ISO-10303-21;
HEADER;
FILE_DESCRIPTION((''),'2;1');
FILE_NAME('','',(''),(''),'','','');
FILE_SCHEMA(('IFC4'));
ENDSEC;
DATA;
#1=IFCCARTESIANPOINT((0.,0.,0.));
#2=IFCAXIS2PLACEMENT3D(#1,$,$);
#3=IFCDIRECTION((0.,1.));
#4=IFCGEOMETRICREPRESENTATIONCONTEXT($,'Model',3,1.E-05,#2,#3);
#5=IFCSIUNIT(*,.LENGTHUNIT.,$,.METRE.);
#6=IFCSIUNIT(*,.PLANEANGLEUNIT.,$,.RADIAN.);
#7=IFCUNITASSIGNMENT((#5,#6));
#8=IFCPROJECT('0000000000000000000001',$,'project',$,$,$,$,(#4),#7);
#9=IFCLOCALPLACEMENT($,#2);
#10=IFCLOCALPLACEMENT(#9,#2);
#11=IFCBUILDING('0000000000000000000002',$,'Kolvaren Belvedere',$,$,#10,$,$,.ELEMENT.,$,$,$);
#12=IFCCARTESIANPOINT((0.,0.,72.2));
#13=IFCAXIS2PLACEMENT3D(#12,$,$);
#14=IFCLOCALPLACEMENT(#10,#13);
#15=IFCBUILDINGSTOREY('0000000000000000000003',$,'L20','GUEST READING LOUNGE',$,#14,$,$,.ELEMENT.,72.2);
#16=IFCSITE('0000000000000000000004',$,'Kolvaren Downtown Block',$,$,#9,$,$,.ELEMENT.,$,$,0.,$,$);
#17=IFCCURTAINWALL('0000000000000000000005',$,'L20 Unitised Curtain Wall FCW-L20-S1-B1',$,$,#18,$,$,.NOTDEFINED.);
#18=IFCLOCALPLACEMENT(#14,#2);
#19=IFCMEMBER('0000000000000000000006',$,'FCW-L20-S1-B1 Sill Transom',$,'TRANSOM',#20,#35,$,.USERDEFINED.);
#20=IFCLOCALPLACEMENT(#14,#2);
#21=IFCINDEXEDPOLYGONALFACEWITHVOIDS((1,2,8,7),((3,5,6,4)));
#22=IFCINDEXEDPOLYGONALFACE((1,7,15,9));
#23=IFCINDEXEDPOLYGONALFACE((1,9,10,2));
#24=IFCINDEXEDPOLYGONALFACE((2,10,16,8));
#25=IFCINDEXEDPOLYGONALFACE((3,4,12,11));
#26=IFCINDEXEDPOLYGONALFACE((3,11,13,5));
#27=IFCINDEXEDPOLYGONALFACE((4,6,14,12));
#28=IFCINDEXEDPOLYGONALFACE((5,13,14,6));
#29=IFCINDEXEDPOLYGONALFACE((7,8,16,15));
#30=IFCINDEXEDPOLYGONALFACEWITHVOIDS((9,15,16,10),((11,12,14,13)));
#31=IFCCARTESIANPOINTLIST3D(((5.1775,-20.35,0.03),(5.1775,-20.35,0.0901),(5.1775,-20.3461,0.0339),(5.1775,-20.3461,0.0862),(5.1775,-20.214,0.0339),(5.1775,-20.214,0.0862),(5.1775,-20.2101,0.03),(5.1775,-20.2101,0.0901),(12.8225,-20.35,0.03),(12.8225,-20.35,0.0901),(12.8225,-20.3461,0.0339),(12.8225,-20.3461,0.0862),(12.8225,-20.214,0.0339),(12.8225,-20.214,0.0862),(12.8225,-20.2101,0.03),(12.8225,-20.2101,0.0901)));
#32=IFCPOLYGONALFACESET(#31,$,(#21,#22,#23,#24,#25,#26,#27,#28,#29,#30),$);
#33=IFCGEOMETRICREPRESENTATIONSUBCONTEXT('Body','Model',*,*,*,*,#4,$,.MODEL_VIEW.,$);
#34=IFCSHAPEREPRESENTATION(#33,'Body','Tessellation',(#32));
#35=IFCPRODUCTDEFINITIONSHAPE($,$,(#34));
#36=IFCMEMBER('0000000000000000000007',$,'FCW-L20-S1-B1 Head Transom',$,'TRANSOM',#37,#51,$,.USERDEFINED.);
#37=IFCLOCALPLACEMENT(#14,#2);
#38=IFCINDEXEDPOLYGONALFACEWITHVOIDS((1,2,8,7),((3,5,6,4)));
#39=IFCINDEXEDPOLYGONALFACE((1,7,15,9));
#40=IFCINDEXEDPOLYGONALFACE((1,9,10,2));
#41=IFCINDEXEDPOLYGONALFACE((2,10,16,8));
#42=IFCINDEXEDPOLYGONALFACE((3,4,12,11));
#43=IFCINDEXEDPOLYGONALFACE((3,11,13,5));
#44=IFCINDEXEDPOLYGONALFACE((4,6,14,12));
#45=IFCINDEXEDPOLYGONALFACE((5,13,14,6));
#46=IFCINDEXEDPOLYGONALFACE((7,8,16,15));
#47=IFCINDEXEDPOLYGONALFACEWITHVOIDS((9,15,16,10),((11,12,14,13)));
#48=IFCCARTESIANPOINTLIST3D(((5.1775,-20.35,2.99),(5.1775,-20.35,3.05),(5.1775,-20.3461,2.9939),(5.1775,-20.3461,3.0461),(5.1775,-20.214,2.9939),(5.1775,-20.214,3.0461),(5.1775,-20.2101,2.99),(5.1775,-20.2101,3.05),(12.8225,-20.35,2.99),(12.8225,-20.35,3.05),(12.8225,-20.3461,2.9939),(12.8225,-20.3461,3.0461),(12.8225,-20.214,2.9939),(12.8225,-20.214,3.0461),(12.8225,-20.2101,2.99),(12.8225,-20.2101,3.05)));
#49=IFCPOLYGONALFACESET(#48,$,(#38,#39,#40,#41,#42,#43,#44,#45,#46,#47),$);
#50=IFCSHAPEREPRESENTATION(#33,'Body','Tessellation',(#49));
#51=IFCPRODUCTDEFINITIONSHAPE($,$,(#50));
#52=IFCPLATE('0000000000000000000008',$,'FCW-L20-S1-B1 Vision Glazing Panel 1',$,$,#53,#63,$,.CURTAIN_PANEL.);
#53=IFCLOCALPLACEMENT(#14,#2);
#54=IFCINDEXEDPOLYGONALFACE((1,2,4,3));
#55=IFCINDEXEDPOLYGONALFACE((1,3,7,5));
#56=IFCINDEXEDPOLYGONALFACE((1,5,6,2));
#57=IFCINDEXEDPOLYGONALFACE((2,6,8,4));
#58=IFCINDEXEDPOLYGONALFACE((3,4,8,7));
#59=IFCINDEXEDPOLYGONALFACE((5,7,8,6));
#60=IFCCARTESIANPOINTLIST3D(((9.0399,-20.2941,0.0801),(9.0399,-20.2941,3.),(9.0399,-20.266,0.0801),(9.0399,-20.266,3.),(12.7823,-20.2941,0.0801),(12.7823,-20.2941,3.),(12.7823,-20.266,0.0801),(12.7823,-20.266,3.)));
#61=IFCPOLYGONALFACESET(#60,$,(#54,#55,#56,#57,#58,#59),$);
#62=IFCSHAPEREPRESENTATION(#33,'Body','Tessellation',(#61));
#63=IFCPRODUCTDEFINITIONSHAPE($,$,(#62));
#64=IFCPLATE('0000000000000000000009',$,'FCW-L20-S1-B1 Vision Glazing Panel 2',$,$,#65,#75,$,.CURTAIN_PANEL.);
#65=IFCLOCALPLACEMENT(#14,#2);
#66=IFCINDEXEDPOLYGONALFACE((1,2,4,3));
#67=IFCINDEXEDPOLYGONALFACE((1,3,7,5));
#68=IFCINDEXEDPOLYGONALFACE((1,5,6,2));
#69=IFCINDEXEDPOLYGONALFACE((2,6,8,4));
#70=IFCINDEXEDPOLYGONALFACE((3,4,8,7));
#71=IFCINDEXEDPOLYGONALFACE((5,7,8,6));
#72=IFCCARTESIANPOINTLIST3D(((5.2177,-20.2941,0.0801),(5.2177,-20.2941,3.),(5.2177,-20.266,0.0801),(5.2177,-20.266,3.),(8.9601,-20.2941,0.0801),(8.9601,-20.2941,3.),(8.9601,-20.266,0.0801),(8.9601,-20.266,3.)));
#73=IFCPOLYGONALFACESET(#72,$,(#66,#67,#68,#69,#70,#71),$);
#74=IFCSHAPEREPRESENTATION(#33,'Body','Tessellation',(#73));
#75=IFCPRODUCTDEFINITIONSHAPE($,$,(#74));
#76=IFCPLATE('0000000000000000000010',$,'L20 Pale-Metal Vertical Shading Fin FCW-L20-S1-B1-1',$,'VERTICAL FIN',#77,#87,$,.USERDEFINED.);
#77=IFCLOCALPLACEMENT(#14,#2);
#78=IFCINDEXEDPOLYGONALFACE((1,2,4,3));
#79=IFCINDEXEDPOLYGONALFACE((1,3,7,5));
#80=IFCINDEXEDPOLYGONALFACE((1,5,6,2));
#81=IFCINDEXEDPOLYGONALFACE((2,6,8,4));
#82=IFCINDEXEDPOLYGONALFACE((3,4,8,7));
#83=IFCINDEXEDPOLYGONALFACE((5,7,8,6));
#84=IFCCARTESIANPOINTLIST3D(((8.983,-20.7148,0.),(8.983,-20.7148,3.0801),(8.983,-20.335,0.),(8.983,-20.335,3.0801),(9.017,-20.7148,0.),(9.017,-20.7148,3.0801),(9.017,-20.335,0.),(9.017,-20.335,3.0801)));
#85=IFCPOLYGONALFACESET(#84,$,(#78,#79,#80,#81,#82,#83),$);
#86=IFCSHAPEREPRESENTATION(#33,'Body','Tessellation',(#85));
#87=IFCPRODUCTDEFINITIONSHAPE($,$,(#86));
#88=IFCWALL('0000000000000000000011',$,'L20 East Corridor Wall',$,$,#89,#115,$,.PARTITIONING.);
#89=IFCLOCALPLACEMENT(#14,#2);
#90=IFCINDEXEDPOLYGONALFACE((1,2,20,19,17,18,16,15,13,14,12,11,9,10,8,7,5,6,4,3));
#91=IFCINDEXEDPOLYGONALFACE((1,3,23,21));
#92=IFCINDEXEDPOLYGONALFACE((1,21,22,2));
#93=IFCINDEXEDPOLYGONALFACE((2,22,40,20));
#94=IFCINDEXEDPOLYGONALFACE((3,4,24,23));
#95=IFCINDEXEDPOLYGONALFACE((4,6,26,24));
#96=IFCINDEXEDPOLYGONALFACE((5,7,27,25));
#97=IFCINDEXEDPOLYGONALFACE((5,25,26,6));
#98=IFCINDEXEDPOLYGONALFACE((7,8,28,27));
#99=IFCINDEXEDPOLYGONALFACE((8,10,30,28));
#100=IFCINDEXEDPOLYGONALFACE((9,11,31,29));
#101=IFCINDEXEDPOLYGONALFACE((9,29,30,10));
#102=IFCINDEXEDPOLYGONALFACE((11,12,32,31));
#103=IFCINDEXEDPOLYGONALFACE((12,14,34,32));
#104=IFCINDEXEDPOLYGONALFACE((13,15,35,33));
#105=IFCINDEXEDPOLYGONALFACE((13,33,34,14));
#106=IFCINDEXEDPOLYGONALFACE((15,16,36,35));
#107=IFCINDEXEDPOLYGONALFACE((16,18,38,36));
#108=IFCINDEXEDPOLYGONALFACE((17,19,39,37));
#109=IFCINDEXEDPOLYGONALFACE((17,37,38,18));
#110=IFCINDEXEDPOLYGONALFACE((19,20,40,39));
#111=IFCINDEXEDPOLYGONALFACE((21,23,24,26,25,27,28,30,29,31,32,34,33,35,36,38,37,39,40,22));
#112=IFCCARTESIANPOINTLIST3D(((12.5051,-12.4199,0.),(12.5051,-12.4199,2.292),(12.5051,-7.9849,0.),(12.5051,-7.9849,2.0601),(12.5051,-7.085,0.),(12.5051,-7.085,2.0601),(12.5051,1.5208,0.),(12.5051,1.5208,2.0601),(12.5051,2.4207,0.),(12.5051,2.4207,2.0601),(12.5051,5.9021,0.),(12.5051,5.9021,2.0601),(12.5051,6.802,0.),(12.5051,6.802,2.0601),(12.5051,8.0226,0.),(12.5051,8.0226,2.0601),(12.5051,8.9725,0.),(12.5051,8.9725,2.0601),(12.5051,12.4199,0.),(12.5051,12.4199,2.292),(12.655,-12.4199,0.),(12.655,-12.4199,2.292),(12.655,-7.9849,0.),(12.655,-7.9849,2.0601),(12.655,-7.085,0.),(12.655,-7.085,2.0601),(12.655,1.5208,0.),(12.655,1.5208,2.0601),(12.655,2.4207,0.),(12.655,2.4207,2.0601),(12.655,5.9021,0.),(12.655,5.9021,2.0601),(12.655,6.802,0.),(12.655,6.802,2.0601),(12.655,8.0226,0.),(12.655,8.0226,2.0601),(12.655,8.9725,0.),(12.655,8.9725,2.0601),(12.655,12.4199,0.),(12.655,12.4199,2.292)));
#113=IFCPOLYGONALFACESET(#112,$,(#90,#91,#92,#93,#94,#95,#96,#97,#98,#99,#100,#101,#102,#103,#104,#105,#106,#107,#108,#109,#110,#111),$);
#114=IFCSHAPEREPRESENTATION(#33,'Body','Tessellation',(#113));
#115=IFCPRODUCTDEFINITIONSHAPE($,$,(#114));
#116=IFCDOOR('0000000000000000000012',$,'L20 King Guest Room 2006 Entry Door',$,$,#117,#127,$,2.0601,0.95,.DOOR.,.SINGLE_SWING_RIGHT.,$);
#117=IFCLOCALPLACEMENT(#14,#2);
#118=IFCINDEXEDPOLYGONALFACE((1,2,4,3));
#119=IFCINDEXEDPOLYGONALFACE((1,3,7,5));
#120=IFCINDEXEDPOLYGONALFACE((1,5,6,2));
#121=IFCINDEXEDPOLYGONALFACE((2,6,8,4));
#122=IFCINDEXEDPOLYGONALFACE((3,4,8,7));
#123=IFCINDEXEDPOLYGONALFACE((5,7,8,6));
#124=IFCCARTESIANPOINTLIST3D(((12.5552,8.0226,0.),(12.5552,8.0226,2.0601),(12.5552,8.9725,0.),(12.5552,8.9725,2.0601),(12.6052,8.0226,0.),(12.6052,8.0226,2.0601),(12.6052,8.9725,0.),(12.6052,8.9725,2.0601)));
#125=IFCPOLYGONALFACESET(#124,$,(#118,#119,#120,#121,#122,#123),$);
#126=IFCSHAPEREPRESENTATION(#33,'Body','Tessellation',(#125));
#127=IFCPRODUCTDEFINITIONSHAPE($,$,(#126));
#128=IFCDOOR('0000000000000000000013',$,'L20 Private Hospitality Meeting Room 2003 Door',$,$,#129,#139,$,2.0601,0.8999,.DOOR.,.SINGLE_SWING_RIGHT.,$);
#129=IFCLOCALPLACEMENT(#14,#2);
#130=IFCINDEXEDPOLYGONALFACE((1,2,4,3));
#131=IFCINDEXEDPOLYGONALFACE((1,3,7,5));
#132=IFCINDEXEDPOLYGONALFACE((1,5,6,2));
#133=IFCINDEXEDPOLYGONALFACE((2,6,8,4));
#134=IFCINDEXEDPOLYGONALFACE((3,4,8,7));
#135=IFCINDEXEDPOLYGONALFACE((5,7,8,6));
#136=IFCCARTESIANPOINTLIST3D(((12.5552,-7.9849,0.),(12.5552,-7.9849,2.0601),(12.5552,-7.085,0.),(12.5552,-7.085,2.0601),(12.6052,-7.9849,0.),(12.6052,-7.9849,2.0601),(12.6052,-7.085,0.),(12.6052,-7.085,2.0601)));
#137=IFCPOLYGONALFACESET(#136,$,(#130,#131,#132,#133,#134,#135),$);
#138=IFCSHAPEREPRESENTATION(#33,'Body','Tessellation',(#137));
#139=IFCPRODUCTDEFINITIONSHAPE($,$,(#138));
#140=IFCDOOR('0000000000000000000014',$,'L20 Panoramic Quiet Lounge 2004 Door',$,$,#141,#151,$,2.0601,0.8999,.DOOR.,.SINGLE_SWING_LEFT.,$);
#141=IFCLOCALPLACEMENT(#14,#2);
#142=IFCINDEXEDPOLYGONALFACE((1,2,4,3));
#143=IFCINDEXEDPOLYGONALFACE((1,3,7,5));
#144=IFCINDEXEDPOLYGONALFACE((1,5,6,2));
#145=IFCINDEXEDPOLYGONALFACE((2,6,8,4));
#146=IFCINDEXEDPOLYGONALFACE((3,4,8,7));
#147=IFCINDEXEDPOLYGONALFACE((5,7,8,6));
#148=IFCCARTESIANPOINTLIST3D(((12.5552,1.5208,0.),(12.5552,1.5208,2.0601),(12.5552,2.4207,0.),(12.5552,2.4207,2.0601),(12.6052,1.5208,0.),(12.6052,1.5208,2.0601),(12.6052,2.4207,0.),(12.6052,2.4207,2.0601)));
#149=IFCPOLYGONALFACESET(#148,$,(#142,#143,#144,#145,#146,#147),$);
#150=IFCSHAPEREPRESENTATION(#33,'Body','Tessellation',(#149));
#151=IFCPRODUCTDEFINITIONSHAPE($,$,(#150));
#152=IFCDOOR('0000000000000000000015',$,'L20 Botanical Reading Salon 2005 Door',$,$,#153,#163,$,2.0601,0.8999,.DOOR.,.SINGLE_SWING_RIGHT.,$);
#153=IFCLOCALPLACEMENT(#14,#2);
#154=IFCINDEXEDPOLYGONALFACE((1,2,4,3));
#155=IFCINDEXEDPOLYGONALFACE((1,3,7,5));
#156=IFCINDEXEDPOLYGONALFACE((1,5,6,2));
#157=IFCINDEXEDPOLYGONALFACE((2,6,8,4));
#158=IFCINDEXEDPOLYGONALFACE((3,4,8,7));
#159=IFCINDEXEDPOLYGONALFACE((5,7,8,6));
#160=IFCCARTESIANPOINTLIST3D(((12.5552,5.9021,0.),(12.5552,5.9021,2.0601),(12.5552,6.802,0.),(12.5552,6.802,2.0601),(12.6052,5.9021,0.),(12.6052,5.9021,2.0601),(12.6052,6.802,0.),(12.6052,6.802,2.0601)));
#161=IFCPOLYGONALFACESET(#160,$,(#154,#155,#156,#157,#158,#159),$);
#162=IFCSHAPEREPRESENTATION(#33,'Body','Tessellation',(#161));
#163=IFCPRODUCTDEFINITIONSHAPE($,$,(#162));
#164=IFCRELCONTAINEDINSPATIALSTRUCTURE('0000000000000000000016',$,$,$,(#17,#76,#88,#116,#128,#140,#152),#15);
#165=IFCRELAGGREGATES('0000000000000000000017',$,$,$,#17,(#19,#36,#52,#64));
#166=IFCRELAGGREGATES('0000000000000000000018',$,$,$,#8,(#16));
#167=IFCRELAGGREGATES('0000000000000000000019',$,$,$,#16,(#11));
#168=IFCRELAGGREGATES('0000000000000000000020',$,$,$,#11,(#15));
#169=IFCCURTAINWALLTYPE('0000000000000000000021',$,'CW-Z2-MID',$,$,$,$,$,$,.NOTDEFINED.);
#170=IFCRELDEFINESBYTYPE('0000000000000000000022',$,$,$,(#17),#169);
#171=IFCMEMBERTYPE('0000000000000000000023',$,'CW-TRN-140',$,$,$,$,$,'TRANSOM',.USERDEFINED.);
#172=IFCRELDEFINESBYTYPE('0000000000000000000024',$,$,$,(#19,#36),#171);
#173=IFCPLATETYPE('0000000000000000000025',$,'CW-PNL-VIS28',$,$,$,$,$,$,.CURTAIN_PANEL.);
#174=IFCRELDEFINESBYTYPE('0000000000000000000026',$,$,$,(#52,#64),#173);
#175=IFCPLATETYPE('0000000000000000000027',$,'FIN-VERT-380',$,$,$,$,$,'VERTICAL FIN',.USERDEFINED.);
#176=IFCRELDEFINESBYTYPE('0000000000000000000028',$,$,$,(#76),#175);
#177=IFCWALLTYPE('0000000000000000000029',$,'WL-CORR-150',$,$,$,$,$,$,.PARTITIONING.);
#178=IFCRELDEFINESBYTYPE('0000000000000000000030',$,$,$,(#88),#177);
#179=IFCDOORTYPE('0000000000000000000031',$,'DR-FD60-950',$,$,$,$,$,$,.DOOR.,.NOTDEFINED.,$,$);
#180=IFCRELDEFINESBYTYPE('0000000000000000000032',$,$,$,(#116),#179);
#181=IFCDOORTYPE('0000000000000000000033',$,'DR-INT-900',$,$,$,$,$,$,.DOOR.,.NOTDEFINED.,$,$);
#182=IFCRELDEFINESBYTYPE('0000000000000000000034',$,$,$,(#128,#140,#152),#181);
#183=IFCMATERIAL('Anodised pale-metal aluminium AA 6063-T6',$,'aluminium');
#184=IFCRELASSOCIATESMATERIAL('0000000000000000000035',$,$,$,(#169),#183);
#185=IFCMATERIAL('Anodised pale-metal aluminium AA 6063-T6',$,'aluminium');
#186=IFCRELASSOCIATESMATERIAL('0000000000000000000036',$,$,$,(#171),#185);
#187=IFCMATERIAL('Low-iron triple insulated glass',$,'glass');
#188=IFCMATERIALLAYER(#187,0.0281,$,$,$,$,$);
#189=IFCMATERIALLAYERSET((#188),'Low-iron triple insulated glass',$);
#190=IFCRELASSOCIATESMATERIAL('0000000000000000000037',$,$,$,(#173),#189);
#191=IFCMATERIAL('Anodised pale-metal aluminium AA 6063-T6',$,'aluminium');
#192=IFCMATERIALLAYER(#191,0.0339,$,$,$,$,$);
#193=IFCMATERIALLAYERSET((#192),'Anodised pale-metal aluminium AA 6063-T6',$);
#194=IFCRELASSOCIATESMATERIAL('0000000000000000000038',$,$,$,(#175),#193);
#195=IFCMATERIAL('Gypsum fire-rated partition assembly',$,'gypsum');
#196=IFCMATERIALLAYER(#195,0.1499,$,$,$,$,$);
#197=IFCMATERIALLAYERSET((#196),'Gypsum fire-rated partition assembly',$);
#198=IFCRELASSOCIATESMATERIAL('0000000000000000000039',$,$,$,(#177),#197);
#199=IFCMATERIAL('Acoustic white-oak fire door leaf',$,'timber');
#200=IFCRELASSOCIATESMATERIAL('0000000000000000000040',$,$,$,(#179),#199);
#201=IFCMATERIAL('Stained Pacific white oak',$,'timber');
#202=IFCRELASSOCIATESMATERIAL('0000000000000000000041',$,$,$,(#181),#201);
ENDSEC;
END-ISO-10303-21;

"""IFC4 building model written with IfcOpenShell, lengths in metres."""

from ifc_helpers import new_model, si_unit, direction, frame, frame_2d, origin, origin_2d, place, context, subcontext, project, spatial, rectangle, hollow_rectangle, extrude, material, layer, layer_set, material_profile, profile_set, type_object, element, fill, aggregate, save


model = new_model("IFC4")

# Units and contexts
model_context = context("Model", 3, precision=1e-05, world=origin(), true_north=direction((0.0, 1.0)))
body_context = subcontext(model_context, "Body", "Model", "MODEL_VIEW")
ifc_project = project(units=[si_unit("LENGTHUNIT", "METRE"), si_unit("PLANEANGLEUNIT", "RADIAN")], contexts=[model_context])

# Site, building, storey
site_placement = place(None, origin())
site = spatial("IfcSite", under=ifc_project, at=site_placement, Name="Kolvaren Downtown Block", CompositionType="ELEMENT", RefElevation=0.0)
building_placement = place(site_placement, origin())
building = spatial("IfcBuilding", under=site, at=building_placement, Name="Kolvaren Belvedere", CompositionType="ELEMENT")
storey_placement = place(building_placement, frame((0.0, 0.0, 72.2)))
storey = spatial("IfcBuildingStorey", under=building, at=storey_placement, Name="L20", Description="GUEST READING LOUNGE", CompositionType="ELEMENT", Elevation=72.2)

# Curtain wall
ifc_material_1 = material(Name="Anodised pale-metal aluminium AA 6063-T6", Category="aluminium")
curtain_wall_type = type_object("IfcCurtainWallType", Name="CW-Z2-MID", PredefinedType="NOTDEFINED", material=ifc_material_1)
curtain_wall_1_placement = place(storey_placement, origin())
curtain_wall_1 = element("IfcCurtainWall", 1, at=curtain_wall_1_placement, inside=storey, type_object=curtain_wall_type, Name="L20 Unitised Curtain Wall FCW-L20-S1-B1", PredefinedType="NOTDEFINED")

# Members
ifc_material_2 = material(Name="Anodised pale-metal aluminium AA 6063-T6", Category="aluminium")
ifc_material_profile_1 = material_profile(ifc_material_2, hollow_rectangle(XDim=0.0601, YDim=0.1399, WallThickness=0.0039, at=origin_2d()), Name="ALU-TRN-140X60")
ifc_profile_set_1 = profile_set([ifc_material_profile_1], Name="Anodised pale-metal aluminium AA 6063-T6")
member_type_1 = type_object("IfcMemberType", Name="CW-TRN-140", ElementType="TRANSOM", PredefinedType="USERDEFINED", material=ifc_profile_set_1)
member_1_placement = place(storey_placement, frame((12.8225, -20.28, 0.0601), z_axis=(-1.0, 0.0, 0.0), x_axis=(0.0, 0.0, 1.0)))
member_1 = element("IfcMember", 2, at=member_1_placement, type_object=member_type_1, Name="FCW-L20-S1-B1 Sill Transom", ObjectType="TRANSOM", PredefinedType="USERDEFINED", context=body_context, shape_type="SweptSolid", body=[
    extrude(hollow_rectangle(XDim=0.0601, YDim=0.1399, WallThickness=0.0039, at=origin_2d()), origin(), (0.0, 0.0, 1.0), 7.645),
])
member_2_placement = place(storey_placement, frame((12.8225, -20.28, 3.02), z_axis=(-1.0, 0.0, 0.0), x_axis=(0.0, 0.0, 1.0)))
member_2 = element("IfcMember", 3, at=member_2_placement, type_object=member_type_1, Name="FCW-L20-S1-B1 Head Transom", ObjectType="TRANSOM", PredefinedType="USERDEFINED", context=body_context, shape_type="SweptSolid", body=[
    extrude(hollow_rectangle(XDim=0.0601, YDim=0.1399, WallThickness=0.0039, at=origin_2d()), origin(), (0.0, 0.0, 1.0), 7.645),
])

# Plates
ifc_material_3 = material(Name="Low-iron triple insulated glass", Category="glass")
ifc_layer_1 = layer(ifc_material_3, 0.0281)
ifc_layer_set_1 = layer_set([ifc_layer_1], Name="Low-iron triple insulated glass")
plate_type_1 = type_object("IfcPlateType", Name="CW-PNL-VIS28", PredefinedType="CURTAIN_PANEL", material=ifc_layer_set_1)
plate_1_placement = place(storey_placement, frame((10.9111, -20.28, 0.0801), z_axis=(0.0, 0.0, 1.0), x_axis=(-1.0, 0.0, 0.0)))
plate_1 = element("IfcPlate", 4, at=plate_1_placement, type_object=plate_type_1, Name="FCW-L20-S1-B1 Vision Glazing Panel 1", PredefinedType="CURTAIN_PANEL", context=body_context, shape_type="SweptSolid", body=[
    extrude(rectangle(XDim=3.7424, YDim=0.0281, at=origin_2d()), origin(), (0.0, 0.0, 1.0), 2.9199),
])
plate_2_placement = place(storey_placement, frame((7.0889, -20.28, 0.0801), z_axis=(0.0, 0.0, 1.0), x_axis=(-1.0, 0.0, 0.0)))
plate_2 = element("IfcPlate", 5, at=plate_2_placement, type_object=plate_type_1, Name="FCW-L20-S1-B1 Vision Glazing Panel 2", PredefinedType="CURTAIN_PANEL", context=body_context, shape_type="SweptSolid", body=[
    extrude(rectangle(XDim=3.7424, YDim=0.0281, at=origin_2d()), origin(), (0.0, 0.0, 1.0), 2.9199),
])
aggregate(curtain_wall_1, [member_1, member_2, plate_1, plate_2])
ifc_material_4 = material(Name="Anodised pale-metal aluminium AA 6063-T6", Category="aluminium")
ifc_layer_2 = layer(ifc_material_4, 0.0339)
ifc_layer_set_2 = layer_set([ifc_layer_2], Name="Anodised pale-metal aluminium AA 6063-T6")
plate_type_2 = type_object("IfcPlateType", Name="FIN-VERT-380", ElementType="VERTICAL FIN", PredefinedType="USERDEFINED", material=ifc_layer_set_2)
plate_3_placement = place(storey_placement, frame((9.0, -20.5249, 0.0), z_axis=(0.0, 0.0, 1.0), x_axis=(0.0, 1.0, 0.0)))
element("IfcPlate", 6, at=plate_3_placement, inside=storey, type_object=plate_type_2, Name="L20 Pale-Metal Vertical Shading Fin FCW-L20-S1-B1-1", ObjectType="VERTICAL FIN", PredefinedType="USERDEFINED", context=body_context, shape_type="SweptSolid", body=[
    extrude(rectangle(XDim=0.3799, YDim=0.0339, at=origin_2d()), origin(), (0.0, 0.0, 1.0), 3.0801),
])

# Wall, openings, doors
ifc_material_5 = material(Name="Gypsum fire-rated partition assembly", Category="gypsum")
ifc_layer_3 = layer(ifc_material_5, 0.1499)
ifc_layer_set_3 = layer_set([ifc_layer_3], Name="Gypsum fire-rated partition assembly")
wall_type_1 = type_object("IfcWallType", Name="WL-CORR-150", PredefinedType="PARTITIONING", material=ifc_layer_set_3)
wall_1_placement = place(storey_placement, frame((12.5801, -12.4199, 0.0), z_axis=(0.0, 0.0, 1.0), x_axis=(0.0, 1.0, 0.0)))
wall_1 = element("IfcWall", 7, at=wall_1_placement, inside=storey, type_object=wall_type_1, Name="L20 East Corridor Wall", PredefinedType="PARTITIONING", context=body_context, shape_type="SweptSolid", body=[
    extrude(rectangle(XDim=24.8398, YDim=0.1499, at=frame_2d((12.4199, 0.0))), origin(), (0.0, 0.0, 1.0), 2.292),
])
opening_1_placement = place(wall_1_placement, frame((4.4351, 0.0, 0.0)))
opening_1 = element("IfcOpeningElement", 8, at=opening_1_placement, cuts=wall_1, PredefinedType="OPENING", context=body_context, shape_type="SweptSolid", body=[
    extrude(rectangle(XDim=0.8999, YDim=2.0601, at=frame_2d((0.45, 1.03))), frame((0.0, 0.085, 0.0), z_axis=(0.0, -1.0, 0.0), x_axis=(1.0, 0.0, 0.0)), (0.0, 0.0, 1.0), 0.1699),
])
opening_2_placement = place(wall_1_placement, frame((13.9407, 0.0, 0.0)))
opening_2 = element("IfcOpeningElement", 9, at=opening_2_placement, cuts=wall_1, PredefinedType="OPENING", context=body_context, shape_type="SweptSolid", body=[
    extrude(rectangle(XDim=0.8999, YDim=2.0601, at=frame_2d((0.45, 1.03))), frame((0.0, 0.085, 0.0), z_axis=(0.0, -1.0, 0.0), x_axis=(1.0, 0.0, 0.0)), (0.0, 0.0, 1.0), 0.1699),
])
opening_3_placement = place(wall_1_placement, frame((18.322, 0.0, 0.0)))
opening_3 = element("IfcOpeningElement", 10, at=opening_3_placement, cuts=wall_1, PredefinedType="OPENING", context=body_context, shape_type="SweptSolid", body=[
    extrude(rectangle(XDim=0.8999, YDim=2.0601, at=frame_2d((0.45, 1.03))), frame((0.0, 0.085, 0.0), z_axis=(0.0, -1.0, 0.0), x_axis=(1.0, 0.0, 0.0)), (0.0, 0.0, 1.0), 0.1699),
])
opening_4_placement = place(wall_1_placement, frame((20.4424, 0.0, 0.0)))
opening_4 = element("IfcOpeningElement", 11, at=opening_4_placement, cuts=wall_1, PredefinedType="OPENING", context=body_context, shape_type="SweptSolid", body=[
    extrude(rectangle(XDim=0.95, YDim=2.0601, at=frame_2d((0.4751, 1.03))), frame((0.0, 0.085, 0.0), z_axis=(0.0, -1.0, 0.0), x_axis=(1.0, 0.0, 0.0)), (0.0, 0.0, 1.0), 0.1699),
])
ifc_material_6 = material(Name="Acoustic white-oak fire door leaf", Category="timber")
door_type_1 = type_object("IfcDoorType", Name="DR-FD60-950", OperationType="NOTDEFINED", PredefinedType="DOOR", material=ifc_material_6)
door_1_placement = place(opening_4_placement, origin())
door_1 = element("IfcDoor", 12, at=door_1_placement, inside=storey, type_object=door_type_1, Name="L20 King Guest Room 2006 Entry Door", OperationType="SINGLE_SWING_RIGHT", OverallHeight=2.0601, OverallWidth=0.95, PredefinedType="DOOR", context=body_context, shape_type="SweptSolid", body=[
    extrude(rectangle(XDim=0.95, YDim=2.0601, at=frame_2d((0.4751, 1.03))), frame((0.0, 0.0249, 0.0), z_axis=(0.0, -1.0, 0.0), x_axis=(1.0, 0.0, 0.0)), (0.0, 0.0, 1.0), 0.05),
])
fill(opening_4, door_1)
ifc_material_7 = material(Name="Stained Pacific white oak", Category="timber")
door_type_2 = type_object("IfcDoorType", Name="DR-INT-900", OperationType="NOTDEFINED", PredefinedType="DOOR", material=ifc_material_7)
door_2_placement = place(opening_1_placement, origin())
door_2 = element("IfcDoor", 13, at=door_2_placement, inside=storey, type_object=door_type_2, Name="L20 Private Hospitality Meeting Room 2003 Door", OperationType="SINGLE_SWING_RIGHT", OverallHeight=2.0601, OverallWidth=0.8999, PredefinedType="DOOR", context=body_context, shape_type="SweptSolid", body=[
    extrude(rectangle(XDim=0.8999, YDim=2.0601, at=frame_2d((0.45, 1.03))), frame((0.0, 0.0249, 0.0), z_axis=(0.0, -1.0, 0.0), x_axis=(1.0, 0.0, 0.0)), (0.0, 0.0, 1.0), 0.05),
])
fill(opening_1, door_2)
door_3_placement = place(opening_2_placement, origin())
door_3 = element("IfcDoor", 14, at=door_3_placement, inside=storey, type_object=door_type_2, Name="L20 Panoramic Quiet Lounge 2004 Door", OperationType="SINGLE_SWING_LEFT", OverallHeight=2.0601, OverallWidth=0.8999, PredefinedType="DOOR", context=body_context, shape_type="SweptSolid", body=[
    extrude(rectangle(XDim=0.8999, YDim=2.0601, at=frame_2d((0.45, 1.03))), frame((0.0, 0.0249, 0.0), z_axis=(0.0, -1.0, 0.0), x_axis=(1.0, 0.0, 0.0)), (0.0, 0.0, 1.0), 0.05),
])
fill(opening_2, door_3)
door_4_placement = place(opening_3_placement, origin())
door_4 = element("IfcDoor", 15, at=door_4_placement, inside=storey, type_object=door_type_2, Name="L20 Botanical Reading Salon 2005 Door", OperationType="SINGLE_SWING_RIGHT", OverallHeight=2.0601, OverallWidth=0.8999, PredefinedType="DOOR", context=body_context, shape_type="SweptSolid", body=[
    extrude(rectangle(XDim=0.8999, YDim=2.0601, at=frame_2d((0.45, 1.03))), frame((0.0, 0.0249, 0.0), z_axis=(0.0, -1.0, 0.0), x_axis=(1.0, 0.0, 0.0)), (0.0, 0.0, 1.0), 0.05),
])
fill(opening_3, door_4)

save(model, "model.ifc")
